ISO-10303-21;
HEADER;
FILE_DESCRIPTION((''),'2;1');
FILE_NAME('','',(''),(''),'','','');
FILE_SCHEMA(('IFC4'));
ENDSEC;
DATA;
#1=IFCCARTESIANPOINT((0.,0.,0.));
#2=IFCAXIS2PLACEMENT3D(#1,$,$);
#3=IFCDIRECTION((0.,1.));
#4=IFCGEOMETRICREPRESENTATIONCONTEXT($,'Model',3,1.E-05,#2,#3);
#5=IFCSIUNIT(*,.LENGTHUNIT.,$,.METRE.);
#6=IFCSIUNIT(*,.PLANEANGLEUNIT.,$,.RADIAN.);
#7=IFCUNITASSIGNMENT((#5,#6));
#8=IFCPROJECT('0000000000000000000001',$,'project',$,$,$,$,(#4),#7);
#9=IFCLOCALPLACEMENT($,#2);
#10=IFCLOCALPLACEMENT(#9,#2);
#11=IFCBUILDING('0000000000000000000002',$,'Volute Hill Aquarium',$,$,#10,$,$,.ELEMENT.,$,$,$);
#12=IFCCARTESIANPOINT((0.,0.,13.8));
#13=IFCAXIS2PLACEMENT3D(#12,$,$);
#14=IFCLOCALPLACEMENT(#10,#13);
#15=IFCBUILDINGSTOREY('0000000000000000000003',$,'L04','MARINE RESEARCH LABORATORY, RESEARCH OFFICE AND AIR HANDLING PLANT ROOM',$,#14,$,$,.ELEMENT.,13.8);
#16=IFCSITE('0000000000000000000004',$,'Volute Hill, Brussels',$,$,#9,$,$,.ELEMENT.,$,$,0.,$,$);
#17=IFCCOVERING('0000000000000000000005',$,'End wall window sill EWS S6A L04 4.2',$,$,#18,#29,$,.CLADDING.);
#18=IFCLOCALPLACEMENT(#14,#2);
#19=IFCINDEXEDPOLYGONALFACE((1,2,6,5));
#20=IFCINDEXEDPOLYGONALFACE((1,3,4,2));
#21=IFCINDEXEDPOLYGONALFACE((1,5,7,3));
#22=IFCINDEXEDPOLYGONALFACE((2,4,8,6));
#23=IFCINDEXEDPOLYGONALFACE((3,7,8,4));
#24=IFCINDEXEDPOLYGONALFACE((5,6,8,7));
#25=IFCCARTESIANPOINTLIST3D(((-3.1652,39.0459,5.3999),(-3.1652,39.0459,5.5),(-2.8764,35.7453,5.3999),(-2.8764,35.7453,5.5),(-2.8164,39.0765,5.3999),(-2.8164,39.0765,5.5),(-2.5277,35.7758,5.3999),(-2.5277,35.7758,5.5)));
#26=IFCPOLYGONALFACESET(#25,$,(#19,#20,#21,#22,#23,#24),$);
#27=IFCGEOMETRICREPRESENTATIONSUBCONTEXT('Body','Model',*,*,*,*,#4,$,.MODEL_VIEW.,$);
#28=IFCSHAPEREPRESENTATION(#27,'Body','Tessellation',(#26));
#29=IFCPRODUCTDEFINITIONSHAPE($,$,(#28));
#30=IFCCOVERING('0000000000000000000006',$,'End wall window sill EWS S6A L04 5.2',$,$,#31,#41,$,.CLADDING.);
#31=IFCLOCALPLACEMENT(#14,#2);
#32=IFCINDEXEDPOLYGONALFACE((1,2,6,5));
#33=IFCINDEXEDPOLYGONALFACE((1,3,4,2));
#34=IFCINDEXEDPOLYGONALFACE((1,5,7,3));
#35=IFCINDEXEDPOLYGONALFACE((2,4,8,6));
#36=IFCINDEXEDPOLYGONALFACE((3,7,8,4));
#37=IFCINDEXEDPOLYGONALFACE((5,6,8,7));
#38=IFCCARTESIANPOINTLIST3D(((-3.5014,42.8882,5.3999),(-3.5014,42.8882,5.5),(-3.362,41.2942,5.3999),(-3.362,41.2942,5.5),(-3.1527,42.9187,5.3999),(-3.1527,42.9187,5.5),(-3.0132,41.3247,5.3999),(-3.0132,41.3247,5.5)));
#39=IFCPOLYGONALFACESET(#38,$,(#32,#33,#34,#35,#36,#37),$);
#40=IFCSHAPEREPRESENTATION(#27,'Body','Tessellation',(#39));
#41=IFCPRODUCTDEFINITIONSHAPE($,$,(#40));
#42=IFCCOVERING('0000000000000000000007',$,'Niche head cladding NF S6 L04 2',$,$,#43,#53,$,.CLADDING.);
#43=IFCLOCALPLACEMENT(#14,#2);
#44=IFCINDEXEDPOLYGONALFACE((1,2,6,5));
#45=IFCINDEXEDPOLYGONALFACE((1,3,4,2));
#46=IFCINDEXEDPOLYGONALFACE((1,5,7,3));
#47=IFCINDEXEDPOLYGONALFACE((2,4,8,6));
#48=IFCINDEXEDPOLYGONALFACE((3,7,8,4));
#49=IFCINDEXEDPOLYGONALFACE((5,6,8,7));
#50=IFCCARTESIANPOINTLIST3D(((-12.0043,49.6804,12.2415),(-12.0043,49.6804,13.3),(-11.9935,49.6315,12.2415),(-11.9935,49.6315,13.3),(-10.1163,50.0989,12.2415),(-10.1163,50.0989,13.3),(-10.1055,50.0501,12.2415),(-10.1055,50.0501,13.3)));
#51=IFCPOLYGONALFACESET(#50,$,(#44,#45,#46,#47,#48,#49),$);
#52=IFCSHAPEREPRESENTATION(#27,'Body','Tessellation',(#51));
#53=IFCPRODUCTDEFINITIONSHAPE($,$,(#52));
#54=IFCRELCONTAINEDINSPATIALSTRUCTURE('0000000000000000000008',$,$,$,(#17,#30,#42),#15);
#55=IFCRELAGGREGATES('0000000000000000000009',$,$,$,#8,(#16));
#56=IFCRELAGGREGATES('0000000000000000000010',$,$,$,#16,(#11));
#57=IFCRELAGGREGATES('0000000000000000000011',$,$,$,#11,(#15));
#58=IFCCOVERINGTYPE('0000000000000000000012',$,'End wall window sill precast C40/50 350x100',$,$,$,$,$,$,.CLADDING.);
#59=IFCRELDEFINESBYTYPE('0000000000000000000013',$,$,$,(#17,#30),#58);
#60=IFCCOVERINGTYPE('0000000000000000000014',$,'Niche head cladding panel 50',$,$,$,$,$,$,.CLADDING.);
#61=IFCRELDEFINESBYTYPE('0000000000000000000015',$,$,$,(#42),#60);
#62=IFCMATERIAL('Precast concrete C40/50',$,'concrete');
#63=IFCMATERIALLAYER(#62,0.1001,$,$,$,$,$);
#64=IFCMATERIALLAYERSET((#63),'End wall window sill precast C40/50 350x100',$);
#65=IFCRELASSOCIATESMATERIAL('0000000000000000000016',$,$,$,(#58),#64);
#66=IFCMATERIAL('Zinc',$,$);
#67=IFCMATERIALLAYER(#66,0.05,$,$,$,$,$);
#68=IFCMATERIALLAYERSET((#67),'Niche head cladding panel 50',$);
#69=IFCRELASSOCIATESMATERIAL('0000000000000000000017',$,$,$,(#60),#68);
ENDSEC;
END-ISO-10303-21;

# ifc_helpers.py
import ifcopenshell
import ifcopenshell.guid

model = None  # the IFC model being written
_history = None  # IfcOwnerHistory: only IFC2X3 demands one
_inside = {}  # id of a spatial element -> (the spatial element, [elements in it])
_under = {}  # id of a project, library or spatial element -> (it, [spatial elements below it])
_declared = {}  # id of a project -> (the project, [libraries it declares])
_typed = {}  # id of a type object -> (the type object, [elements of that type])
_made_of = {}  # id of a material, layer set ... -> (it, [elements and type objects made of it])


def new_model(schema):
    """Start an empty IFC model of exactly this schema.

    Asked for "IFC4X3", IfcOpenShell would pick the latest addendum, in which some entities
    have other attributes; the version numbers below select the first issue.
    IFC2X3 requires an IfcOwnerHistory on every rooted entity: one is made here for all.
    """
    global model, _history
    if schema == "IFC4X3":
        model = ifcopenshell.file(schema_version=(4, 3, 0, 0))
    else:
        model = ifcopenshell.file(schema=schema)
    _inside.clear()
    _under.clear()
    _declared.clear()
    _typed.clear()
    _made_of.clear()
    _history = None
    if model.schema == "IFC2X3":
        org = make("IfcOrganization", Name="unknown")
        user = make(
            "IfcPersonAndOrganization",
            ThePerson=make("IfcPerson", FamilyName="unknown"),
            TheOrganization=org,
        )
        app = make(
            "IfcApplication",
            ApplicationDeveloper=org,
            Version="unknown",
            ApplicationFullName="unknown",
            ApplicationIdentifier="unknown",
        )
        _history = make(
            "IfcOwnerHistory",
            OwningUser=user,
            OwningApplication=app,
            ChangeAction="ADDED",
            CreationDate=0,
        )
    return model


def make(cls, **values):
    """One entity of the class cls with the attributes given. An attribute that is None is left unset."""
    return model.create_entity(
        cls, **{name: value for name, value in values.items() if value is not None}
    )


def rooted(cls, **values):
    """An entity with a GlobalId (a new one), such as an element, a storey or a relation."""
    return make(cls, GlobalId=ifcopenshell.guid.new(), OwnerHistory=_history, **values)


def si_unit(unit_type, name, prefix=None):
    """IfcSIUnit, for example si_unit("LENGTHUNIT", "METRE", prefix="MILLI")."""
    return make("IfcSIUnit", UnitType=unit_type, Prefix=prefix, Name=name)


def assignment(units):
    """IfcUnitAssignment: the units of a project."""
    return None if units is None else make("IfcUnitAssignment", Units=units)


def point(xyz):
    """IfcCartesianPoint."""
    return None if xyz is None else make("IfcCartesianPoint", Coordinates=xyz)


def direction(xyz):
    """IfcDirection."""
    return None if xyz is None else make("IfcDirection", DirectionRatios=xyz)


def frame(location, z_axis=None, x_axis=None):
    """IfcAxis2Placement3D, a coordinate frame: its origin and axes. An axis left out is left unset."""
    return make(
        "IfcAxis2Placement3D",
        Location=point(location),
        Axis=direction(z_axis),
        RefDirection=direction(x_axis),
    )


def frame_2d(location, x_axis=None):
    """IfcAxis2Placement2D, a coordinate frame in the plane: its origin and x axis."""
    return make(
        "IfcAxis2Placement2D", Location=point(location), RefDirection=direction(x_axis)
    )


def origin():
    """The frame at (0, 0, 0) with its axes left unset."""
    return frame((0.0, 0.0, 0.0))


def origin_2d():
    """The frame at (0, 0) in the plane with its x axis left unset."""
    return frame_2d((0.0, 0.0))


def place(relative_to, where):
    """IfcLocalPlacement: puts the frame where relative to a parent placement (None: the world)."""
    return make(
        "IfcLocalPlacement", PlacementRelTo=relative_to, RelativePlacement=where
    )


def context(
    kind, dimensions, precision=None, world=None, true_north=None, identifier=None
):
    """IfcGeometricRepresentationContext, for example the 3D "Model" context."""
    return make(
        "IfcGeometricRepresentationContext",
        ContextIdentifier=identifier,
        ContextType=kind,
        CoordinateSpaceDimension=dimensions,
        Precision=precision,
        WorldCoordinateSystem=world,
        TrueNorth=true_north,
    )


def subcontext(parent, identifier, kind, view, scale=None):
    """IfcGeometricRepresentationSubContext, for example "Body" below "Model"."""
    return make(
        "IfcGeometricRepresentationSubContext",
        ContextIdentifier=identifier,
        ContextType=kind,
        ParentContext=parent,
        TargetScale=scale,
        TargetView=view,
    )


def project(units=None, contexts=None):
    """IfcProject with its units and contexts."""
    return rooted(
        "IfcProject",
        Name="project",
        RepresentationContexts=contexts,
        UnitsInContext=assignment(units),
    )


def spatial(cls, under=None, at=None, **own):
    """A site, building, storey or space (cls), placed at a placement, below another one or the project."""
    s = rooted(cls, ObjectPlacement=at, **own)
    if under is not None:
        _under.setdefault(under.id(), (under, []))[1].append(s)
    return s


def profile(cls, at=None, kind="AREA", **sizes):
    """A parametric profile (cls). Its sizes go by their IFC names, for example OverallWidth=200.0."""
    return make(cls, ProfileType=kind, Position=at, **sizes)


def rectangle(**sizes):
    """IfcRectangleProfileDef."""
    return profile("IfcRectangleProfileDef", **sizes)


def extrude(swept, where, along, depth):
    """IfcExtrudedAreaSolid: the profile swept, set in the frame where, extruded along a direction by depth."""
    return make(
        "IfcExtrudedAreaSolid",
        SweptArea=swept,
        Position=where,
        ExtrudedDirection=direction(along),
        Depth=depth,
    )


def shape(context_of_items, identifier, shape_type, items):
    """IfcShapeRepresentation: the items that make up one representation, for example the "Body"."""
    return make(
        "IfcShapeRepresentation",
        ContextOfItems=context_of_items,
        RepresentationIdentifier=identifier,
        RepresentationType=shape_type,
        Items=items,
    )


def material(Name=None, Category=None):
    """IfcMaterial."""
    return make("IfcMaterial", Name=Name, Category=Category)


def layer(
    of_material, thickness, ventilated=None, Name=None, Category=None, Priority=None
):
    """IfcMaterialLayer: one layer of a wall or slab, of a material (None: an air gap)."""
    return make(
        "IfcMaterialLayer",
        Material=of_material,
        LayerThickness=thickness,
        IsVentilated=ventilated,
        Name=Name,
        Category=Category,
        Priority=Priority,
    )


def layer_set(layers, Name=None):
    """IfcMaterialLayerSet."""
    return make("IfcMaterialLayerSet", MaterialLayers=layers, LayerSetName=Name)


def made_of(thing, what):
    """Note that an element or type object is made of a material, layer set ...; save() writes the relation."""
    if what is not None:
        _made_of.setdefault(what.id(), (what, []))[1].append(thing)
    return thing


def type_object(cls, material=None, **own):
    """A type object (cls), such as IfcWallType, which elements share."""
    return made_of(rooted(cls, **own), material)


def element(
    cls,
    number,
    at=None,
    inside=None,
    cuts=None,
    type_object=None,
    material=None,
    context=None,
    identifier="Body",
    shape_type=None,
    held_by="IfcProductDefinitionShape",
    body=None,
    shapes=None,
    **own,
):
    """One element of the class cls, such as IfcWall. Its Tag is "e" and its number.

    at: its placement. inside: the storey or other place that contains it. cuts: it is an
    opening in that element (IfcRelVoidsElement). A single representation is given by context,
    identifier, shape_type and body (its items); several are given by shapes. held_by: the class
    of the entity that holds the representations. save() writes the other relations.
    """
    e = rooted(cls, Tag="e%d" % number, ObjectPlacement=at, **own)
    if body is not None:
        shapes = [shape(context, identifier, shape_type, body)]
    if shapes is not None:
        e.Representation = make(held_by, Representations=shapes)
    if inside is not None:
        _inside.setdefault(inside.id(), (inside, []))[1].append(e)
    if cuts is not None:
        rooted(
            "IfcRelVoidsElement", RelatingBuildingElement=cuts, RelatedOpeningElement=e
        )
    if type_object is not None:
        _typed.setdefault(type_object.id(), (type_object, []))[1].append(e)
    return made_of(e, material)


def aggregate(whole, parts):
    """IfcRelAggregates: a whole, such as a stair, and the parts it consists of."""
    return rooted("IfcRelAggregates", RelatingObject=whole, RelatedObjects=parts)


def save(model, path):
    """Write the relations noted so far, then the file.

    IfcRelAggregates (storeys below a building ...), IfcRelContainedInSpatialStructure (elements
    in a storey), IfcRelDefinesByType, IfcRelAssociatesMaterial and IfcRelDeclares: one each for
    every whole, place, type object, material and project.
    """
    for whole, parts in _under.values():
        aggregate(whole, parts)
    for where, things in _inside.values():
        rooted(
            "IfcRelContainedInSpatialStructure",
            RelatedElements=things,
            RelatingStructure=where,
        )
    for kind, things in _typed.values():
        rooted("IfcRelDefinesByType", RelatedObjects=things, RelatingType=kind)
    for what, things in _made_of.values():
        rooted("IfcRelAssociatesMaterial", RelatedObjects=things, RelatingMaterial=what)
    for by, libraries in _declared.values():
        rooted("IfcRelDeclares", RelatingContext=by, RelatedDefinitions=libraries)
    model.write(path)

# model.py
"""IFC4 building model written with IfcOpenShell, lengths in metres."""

from ifc_helpers import new_model, si_unit, direction, frame, origin, origin_2d, place, context, subcontext, project, spatial, rectangle, extrude, material, layer, layer_set, type_object, element, save


model = new_model("IFC4")

# Units and contexts
model_context = context("Model", 3, precision=1e-05, world=origin(), true_north=direction((0.0, 1.0)))
body_context = subcontext(model_context, "Body", "Model", "MODEL_VIEW")
ifc_project = project(units=[si_unit("LENGTHUNIT", "METRE"), si_unit("PLANEANGLEUNIT", "RADIAN")], contexts=[model_context])

# Site, building, storey
site_placement = place(None, origin())
site = spatial("IfcSite", under=ifc_project, at=site_placement, Name="Volute Hill, Brussels", CompositionType="ELEMENT", RefElevation=0.0)
building_placement = place(site_placement, origin())
building = spatial("IfcBuilding", under=site, at=building_placement, Name="Volute Hill Aquarium", CompositionType="ELEMENT")
storey_placement = place(building_placement, frame((0.0, 0.0, 13.8)))
storey = spatial("IfcBuildingStorey", under=building, at=storey_placement, Name="L04", Description="MARINE RESEARCH LABORATORY, RESEARCH OFFICE AND AIR HANDLING PLANT ROOM", CompositionType="ELEMENT", Elevation=13.8)

# Coverings
ifc_material_1 = material(Name="Precast concrete C40/50", Category="concrete")
ifc_layer_1 = layer(ifc_material_1, 0.1001)
ifc_layer_set_1 = layer_set([ifc_layer_1], Name="End wall window sill precast C40/50 350x100")
covering_type_1 = type_object("IfcCoveringType", Name="End wall window sill precast C40/50 350x100", PredefinedType="CLADDING", material=ifc_layer_set_1)
covering_1_placement = place(storey_placement, frame((-2.8464, 37.4109, 5.3999), z_axis=(0.0, 0.0, 1.0), x_axis=(-0.087155, 0.996195, 0.0)))
element("IfcCovering", 1, at=covering_1_placement, inside=storey, type_object=covering_type_1, Name="End wall window sill EWS S6A L04 4.2", PredefinedType="CLADDING", context=body_context, shape_type="SweptSolid", body=[
    extrude(rectangle(XDim=3.3132, YDim=0.3501, at=origin_2d()), origin(), (0.0, 0.0, 1.0), 0.1001),
])
covering_2_placement = place(storey_placement, frame((-3.2573, 42.1064, 5.3999), z_axis=(0.0, 0.0, 1.0), x_axis=(-0.087155, 0.996195, 0.0)))
element("IfcCovering", 2, at=covering_2_placement, inside=storey, type_object=covering_type_1, Name="End wall window sill EWS S6A L04 5.2", PredefinedType="CLADDING", context=body_context, shape_type="SweptSolid", body=[
    extrude(rectangle(XDim=1.6001, YDim=0.3501, at=origin_2d()), origin(), (0.0, 0.0, 1.0), 0.1001),
])
ifc_material_2 = material(Name="Zinc")
ifc_layer_2 = layer(ifc_material_2, 0.05)
ifc_layer_set_2 = layer_set([ifc_layer_2], Name="Niche head cladding panel 50")
covering_type_2 = type_object("IfcCoveringType", Name="Niche head cladding panel 50", PredefinedType="CLADDING", material=ifc_layer_set_2)
covering_3_placement = place(storey_placement, frame((-11.0549, 49.8652, 12.2415), z_axis=(0.0, 0.0, 1.0), x_axis=(-0.976298, -0.216429, 0.0)))
element("IfcCovering", 3, at=covering_3_placement, inside=storey, type_object=covering_type_2, Name="Niche head cladding NF S6 L04 2", PredefinedType="CLADDING", context=body_context, shape_type="SweptSolid", body=[
    extrude(rectangle(XDim=1.9338, YDim=0.05, at=origin_2d()), origin(), (0.0, 0.0, 1.0), 1.0586),
])

save(model, "model.ifc")
